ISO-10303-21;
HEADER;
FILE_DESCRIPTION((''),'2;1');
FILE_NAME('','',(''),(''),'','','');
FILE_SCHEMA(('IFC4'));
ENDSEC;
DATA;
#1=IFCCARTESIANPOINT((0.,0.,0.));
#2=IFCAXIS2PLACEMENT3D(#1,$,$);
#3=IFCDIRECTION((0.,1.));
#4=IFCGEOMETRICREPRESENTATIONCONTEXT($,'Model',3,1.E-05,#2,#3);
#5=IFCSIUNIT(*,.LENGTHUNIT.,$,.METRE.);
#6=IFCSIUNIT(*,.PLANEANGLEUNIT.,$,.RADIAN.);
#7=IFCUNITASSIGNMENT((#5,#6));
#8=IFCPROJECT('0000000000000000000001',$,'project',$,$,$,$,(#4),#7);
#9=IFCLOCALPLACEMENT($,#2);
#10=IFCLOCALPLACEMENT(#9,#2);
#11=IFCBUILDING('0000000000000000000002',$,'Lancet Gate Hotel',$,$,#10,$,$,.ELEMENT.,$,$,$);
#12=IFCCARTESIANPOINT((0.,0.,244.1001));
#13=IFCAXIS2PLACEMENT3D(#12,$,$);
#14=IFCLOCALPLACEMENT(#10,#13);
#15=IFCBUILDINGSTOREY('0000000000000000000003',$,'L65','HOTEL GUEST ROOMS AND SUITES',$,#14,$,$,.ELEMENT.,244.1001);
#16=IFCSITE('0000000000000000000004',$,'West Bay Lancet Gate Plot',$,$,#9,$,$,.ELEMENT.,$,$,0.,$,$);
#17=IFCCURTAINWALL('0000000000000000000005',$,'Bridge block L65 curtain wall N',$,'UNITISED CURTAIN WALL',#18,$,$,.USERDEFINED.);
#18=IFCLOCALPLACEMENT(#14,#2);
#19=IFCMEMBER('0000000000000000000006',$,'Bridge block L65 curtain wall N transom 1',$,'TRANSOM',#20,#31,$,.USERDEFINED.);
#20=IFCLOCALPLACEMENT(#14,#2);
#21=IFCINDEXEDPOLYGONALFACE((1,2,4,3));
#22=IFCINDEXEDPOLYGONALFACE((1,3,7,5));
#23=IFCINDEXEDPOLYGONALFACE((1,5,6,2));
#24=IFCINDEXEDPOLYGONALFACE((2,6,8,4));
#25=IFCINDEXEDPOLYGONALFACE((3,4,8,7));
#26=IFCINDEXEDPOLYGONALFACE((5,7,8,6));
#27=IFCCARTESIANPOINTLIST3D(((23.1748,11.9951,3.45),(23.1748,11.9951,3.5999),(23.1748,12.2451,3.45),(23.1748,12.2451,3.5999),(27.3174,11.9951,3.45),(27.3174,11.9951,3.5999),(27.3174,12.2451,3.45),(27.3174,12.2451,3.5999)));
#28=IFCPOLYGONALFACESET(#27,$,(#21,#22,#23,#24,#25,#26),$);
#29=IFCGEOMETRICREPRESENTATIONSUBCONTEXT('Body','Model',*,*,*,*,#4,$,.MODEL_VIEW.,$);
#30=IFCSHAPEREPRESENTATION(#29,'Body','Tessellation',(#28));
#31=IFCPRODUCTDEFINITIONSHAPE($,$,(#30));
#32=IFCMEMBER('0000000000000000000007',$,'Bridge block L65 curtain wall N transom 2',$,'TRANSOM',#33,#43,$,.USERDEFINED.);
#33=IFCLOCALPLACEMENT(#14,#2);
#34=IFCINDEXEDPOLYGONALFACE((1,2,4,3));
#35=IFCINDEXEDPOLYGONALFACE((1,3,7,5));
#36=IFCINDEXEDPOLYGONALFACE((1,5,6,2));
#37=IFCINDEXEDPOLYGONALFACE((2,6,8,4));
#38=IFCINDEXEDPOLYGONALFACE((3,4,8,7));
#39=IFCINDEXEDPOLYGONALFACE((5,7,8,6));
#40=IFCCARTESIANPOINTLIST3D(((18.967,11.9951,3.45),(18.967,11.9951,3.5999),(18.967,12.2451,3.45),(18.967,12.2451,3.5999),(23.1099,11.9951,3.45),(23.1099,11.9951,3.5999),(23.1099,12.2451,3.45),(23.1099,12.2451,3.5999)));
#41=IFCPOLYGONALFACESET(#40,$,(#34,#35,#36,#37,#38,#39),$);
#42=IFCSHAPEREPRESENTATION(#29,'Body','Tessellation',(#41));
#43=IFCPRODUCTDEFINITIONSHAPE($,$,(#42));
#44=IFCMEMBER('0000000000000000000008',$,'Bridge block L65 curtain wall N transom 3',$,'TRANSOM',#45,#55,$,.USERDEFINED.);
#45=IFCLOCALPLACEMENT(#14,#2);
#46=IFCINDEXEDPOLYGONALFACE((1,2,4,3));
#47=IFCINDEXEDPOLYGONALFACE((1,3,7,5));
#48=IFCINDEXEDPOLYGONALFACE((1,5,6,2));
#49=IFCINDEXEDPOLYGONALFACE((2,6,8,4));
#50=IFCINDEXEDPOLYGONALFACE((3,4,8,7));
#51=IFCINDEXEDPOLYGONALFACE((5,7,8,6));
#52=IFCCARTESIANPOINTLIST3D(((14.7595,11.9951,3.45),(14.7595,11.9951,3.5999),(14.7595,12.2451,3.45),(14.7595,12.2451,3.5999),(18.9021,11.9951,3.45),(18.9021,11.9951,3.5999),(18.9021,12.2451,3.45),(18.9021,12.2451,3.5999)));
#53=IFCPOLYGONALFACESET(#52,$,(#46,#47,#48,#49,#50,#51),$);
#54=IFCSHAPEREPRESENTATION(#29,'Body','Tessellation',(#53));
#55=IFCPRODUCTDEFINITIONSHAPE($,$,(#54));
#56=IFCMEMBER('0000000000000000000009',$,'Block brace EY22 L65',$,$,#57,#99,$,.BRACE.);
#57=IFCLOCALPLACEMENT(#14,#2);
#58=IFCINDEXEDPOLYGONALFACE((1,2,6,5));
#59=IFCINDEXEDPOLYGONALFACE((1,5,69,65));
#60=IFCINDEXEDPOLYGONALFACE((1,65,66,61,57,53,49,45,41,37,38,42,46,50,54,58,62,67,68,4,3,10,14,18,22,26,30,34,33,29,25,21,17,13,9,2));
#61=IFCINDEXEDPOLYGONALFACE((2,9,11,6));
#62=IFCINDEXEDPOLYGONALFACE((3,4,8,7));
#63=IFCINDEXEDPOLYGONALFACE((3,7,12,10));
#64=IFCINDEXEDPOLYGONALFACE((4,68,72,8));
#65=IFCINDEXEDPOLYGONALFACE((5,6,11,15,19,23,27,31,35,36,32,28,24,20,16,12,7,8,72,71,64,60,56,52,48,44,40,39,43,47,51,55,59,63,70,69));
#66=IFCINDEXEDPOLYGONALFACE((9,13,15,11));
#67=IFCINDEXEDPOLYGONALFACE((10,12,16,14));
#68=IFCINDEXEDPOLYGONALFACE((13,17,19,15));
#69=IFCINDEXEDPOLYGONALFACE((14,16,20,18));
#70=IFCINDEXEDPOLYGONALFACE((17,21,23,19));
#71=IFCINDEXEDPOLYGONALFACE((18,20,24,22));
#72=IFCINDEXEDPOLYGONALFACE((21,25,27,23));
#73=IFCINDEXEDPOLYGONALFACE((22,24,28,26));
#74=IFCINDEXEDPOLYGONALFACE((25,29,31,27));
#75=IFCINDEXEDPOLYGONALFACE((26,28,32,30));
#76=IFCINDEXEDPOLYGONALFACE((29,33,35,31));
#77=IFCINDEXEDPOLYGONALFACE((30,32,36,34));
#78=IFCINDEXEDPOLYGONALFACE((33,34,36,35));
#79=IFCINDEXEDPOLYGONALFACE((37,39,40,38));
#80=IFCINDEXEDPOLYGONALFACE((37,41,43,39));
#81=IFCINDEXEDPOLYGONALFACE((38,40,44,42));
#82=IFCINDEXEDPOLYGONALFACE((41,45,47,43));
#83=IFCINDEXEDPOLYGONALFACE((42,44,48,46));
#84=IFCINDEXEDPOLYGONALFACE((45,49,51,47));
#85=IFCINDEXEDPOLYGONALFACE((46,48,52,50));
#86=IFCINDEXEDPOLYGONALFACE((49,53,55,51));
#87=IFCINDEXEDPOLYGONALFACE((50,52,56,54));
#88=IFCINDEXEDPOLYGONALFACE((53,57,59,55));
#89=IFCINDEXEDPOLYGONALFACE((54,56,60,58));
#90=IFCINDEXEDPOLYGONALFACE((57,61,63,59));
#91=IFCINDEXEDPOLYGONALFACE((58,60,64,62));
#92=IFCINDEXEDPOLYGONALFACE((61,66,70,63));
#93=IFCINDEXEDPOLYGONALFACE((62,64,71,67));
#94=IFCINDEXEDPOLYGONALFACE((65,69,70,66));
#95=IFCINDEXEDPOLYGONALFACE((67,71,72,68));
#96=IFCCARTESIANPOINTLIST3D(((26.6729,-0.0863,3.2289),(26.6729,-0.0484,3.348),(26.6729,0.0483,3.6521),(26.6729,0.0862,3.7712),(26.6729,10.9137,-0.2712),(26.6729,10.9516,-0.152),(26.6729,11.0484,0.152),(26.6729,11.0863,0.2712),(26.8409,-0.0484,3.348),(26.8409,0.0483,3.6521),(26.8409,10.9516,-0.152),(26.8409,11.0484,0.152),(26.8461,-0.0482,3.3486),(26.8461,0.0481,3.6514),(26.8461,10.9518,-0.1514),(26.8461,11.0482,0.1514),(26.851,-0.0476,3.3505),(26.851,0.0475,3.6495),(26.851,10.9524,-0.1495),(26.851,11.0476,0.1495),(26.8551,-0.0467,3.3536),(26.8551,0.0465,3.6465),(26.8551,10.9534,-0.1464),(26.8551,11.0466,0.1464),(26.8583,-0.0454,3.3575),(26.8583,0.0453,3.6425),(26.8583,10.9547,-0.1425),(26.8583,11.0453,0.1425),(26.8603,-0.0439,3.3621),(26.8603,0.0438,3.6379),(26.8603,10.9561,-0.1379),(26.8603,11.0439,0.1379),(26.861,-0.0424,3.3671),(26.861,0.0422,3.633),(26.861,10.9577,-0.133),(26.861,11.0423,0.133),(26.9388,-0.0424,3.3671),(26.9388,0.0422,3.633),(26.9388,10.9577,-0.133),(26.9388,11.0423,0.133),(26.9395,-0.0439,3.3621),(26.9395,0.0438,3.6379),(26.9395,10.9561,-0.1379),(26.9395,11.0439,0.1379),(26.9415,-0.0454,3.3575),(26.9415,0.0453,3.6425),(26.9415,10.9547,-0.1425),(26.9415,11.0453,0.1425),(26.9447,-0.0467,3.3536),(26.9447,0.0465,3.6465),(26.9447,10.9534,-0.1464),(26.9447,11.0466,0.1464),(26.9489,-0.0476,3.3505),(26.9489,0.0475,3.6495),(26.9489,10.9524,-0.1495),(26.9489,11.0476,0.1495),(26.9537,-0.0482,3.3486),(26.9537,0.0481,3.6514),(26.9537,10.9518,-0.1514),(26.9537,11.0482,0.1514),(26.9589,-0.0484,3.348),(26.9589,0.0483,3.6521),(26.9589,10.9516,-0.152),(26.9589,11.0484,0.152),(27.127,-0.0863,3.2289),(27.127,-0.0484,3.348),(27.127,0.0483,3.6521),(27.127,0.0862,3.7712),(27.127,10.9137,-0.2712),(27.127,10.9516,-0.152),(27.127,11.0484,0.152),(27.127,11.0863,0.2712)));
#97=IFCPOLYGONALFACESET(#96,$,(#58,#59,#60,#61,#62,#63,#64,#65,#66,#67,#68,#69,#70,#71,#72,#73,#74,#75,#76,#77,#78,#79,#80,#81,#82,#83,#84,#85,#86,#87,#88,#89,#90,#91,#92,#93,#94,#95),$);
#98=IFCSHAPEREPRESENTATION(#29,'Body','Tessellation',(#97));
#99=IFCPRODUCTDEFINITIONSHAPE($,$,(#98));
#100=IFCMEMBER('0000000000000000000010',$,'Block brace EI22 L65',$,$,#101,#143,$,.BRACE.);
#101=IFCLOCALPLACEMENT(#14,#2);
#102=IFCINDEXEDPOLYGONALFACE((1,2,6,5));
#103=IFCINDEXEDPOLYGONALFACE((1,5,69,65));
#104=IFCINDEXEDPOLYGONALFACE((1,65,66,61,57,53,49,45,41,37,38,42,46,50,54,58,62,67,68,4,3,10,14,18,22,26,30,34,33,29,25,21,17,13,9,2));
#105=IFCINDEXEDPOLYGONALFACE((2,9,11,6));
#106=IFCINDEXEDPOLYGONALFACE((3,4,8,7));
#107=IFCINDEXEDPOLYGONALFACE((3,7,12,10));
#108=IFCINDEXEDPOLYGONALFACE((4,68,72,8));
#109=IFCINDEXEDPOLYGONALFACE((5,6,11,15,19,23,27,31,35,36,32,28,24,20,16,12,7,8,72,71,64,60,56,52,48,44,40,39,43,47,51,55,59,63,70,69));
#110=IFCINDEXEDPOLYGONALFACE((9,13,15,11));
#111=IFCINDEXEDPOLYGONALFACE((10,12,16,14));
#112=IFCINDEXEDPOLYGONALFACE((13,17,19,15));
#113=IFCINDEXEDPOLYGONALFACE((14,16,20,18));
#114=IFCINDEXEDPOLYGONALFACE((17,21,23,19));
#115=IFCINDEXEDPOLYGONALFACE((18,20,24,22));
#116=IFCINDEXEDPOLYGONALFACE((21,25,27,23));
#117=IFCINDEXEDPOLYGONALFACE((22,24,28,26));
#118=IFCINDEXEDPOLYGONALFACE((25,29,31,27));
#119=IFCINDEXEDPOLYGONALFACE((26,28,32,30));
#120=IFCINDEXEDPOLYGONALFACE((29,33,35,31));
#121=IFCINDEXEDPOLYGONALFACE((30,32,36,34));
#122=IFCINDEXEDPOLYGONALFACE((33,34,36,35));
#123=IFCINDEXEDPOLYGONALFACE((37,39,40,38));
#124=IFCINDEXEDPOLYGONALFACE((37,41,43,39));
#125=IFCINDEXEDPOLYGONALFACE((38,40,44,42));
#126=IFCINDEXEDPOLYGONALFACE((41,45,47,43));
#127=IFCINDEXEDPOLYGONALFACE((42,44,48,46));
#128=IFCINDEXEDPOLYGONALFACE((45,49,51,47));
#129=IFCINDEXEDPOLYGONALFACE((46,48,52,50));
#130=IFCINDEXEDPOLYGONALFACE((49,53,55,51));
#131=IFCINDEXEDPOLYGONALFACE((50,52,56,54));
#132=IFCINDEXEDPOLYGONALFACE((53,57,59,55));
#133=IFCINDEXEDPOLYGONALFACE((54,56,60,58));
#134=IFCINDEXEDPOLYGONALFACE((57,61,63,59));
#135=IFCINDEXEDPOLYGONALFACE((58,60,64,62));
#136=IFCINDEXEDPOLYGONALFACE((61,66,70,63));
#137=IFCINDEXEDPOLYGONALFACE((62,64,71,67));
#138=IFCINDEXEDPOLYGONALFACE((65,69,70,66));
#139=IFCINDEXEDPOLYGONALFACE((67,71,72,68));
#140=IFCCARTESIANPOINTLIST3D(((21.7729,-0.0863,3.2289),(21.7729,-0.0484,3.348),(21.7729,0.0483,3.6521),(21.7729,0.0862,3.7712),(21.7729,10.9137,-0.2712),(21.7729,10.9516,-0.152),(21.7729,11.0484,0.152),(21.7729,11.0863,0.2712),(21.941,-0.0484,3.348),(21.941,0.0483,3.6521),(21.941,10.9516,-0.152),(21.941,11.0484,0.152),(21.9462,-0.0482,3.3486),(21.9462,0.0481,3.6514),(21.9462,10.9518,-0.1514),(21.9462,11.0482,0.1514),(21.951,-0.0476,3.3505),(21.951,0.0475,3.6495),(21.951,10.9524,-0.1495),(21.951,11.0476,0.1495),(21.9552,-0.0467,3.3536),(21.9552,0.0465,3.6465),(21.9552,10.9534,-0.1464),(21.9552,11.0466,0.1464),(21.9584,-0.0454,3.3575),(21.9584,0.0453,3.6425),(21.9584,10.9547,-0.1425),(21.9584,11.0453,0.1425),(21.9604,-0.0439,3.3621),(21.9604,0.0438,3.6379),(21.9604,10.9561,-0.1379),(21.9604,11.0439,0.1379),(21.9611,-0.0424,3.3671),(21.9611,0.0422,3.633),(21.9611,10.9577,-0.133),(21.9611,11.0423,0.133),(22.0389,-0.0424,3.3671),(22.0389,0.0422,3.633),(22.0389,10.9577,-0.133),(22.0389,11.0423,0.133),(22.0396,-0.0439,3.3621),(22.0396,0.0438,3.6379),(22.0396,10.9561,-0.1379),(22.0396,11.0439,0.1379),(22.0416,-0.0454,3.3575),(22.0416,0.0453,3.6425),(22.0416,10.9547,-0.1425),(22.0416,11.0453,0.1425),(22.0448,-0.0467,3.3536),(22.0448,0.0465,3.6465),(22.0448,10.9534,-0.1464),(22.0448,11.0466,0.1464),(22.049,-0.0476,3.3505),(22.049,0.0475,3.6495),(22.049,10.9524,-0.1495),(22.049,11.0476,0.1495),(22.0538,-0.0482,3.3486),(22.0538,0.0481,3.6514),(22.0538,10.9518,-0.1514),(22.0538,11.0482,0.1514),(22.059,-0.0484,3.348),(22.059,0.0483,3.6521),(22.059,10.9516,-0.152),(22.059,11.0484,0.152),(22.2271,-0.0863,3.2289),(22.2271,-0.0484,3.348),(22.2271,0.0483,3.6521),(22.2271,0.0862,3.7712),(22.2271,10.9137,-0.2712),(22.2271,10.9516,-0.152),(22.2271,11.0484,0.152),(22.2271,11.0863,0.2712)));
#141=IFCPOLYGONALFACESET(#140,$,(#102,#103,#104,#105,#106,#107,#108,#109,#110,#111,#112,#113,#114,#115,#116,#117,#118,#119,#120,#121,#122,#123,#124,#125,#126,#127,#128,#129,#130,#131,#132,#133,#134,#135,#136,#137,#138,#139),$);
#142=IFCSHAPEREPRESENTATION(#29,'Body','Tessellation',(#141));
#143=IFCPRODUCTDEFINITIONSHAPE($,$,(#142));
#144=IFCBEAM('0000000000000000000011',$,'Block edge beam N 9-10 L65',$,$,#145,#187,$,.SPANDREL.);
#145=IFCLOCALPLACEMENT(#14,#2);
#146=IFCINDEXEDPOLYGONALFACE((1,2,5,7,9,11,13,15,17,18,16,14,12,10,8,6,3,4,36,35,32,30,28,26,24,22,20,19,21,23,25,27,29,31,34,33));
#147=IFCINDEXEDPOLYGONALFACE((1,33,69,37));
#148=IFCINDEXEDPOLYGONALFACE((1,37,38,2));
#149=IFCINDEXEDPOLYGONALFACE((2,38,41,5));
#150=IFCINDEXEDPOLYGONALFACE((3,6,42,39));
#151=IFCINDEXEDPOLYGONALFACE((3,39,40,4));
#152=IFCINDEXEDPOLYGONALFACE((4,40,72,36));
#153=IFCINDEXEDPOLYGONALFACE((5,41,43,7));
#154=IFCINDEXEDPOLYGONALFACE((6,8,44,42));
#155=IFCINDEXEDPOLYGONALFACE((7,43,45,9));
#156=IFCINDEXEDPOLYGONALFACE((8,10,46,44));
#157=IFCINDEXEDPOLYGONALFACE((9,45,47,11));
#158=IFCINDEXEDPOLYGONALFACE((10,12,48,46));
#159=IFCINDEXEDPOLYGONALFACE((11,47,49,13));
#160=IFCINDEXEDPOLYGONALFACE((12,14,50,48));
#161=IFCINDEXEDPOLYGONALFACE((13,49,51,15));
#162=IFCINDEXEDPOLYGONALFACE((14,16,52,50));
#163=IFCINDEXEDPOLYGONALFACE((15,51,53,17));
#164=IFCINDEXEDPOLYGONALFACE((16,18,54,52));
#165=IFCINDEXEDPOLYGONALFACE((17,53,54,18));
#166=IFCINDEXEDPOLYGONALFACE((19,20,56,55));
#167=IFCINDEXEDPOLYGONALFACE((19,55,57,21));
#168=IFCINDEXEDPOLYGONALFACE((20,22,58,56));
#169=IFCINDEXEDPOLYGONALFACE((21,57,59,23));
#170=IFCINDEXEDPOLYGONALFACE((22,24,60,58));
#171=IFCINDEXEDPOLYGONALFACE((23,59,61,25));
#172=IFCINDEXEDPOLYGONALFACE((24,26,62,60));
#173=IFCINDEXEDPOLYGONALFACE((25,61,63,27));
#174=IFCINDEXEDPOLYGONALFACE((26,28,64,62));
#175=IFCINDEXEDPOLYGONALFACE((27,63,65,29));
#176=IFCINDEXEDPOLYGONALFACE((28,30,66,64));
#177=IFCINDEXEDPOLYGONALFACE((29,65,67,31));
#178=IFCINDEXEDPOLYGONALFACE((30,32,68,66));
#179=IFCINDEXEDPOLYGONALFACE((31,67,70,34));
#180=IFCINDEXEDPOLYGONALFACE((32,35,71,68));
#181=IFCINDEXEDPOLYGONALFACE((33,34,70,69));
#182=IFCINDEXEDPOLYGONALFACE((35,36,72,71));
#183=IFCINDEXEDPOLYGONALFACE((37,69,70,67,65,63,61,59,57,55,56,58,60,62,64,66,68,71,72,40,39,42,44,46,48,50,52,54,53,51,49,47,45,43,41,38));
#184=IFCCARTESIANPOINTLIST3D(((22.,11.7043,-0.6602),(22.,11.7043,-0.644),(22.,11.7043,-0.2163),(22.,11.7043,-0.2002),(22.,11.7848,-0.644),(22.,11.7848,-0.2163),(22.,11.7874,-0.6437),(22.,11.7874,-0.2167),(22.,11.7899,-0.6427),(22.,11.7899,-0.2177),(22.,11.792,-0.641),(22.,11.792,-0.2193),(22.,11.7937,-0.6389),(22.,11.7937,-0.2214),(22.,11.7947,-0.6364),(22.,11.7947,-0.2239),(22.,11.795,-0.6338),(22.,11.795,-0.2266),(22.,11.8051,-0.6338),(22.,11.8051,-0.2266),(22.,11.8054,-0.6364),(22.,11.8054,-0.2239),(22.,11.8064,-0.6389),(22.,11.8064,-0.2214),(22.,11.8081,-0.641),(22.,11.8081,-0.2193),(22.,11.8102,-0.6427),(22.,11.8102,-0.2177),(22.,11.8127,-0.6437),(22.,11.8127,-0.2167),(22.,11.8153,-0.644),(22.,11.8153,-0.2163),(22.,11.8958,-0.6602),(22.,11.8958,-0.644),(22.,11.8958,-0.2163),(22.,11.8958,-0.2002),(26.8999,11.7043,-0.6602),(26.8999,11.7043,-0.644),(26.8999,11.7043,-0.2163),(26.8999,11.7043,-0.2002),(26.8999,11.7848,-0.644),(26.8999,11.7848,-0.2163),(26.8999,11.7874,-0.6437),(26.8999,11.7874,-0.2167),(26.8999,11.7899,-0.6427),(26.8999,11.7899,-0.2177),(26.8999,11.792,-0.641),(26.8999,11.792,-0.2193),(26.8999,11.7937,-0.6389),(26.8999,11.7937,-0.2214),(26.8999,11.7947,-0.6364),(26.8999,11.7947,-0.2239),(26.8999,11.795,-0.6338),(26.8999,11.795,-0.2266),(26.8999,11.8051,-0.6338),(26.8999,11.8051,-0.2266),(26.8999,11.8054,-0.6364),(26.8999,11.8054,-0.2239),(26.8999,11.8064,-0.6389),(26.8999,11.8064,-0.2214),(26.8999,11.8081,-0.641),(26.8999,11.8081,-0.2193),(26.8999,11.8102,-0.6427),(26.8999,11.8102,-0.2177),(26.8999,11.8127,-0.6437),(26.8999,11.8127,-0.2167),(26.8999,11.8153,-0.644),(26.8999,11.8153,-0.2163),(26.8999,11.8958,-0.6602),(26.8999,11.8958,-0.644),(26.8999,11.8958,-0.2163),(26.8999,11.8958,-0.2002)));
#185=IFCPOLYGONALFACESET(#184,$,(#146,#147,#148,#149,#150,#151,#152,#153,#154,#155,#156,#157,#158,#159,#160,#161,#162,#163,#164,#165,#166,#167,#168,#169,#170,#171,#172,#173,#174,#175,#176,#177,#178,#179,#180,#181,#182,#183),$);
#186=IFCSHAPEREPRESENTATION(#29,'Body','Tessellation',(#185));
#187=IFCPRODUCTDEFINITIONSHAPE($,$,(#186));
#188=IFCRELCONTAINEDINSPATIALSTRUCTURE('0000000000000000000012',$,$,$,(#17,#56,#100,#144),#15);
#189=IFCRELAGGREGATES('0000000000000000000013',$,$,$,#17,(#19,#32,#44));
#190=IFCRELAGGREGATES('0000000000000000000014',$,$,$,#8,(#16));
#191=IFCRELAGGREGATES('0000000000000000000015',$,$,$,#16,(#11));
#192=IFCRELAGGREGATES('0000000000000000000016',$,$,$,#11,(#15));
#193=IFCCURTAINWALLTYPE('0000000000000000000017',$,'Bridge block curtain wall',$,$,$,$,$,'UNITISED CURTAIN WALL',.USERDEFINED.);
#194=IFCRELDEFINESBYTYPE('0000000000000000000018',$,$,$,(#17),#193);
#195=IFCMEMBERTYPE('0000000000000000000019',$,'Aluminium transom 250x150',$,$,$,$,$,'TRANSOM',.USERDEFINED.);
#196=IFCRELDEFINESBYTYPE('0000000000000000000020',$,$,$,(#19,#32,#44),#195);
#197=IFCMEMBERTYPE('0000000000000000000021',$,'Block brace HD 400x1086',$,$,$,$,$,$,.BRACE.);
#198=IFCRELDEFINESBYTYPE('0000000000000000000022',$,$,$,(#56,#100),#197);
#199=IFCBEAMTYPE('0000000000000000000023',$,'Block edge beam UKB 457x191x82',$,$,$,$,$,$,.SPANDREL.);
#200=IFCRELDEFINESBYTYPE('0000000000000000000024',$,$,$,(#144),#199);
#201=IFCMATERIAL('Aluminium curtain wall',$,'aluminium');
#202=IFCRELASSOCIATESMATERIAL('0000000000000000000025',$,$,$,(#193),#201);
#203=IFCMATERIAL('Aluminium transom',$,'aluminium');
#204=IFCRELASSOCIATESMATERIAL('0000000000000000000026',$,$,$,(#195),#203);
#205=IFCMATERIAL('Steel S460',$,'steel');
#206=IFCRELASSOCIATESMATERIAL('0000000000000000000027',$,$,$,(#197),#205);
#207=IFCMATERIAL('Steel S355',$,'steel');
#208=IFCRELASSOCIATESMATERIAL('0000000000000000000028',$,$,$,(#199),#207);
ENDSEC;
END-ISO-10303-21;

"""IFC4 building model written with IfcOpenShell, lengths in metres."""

from ifc_helpers import new_model, si_unit, direction, frame, origin, origin_2d, place, context, subcontext, project, spatial, rectangle, i_section, extrude, material, material_profile, profile_set, type_object, element, aggregate, save


model = new_model("IFC4")

# Units and contexts
model_context = context("Model", 3, precision=1e-05, world=origin(), true_north=direction((0.0, 1.0)))
body_context = subcontext(model_context, "Body", "Model", "MODEL_VIEW")
ifc_project = project(units=[si_unit("LENGTHUNIT", "METRE"), si_unit("PLANEANGLEUNIT", "RADIAN")], contexts=[model_context])

# Site, building, storey
site_placement = place(None, origin())
site = spatial("IfcSite", under=ifc_project, at=site_placement, Name="West Bay Lancet Gate Plot", CompositionType="ELEMENT", RefElevation=0.0)
building_placement = place(site_placement, origin())
building = spatial("IfcBuilding", under=site, at=building_placement, Name="Lancet Gate Hotel", CompositionType="ELEMENT")
storey_placement = place(building_placement, frame((0.0, 0.0, 244.1001)))
storey = spatial("IfcBuildingStorey", under=building, at=storey_placement, Name="L65", Description="HOTEL GUEST ROOMS AND SUITES", CompositionType="ELEMENT", Elevation=244.1001)

# Curtain wall
ifc_material_1 = material(Name="Aluminium curtain wall", Category="aluminium")
curtain_wall_type_1 = type_object("IfcCurtainWallType", Name="Bridge block curtain wall", ElementType="UNITISED CURTAIN WALL", PredefinedType="USERDEFINED", material=ifc_material_1)
curtain_wall_1_placement = place(storey_placement, origin())
curtain_wall_1 = element("IfcCurtainWall", 1, at=curtain_wall_1_placement, inside=storey, type_object=curtain_wall_type_1, Name="Bridge block L65 curtain wall N", ObjectType="UNITISED CURTAIN WALL", PredefinedType="USERDEFINED")

# Members
ifc_material_2 = material(Name="Aluminium transom", Category="aluminium")
ifc_material_profile_1 = material_profile(ifc_material_2, rectangle(XDim=0.25, YDim=0.1499, at=origin_2d()), Name="TRANSOM 250x150")
ifc_profile_set_1 = profile_set([ifc_material_profile_1], Name="Aluminium transom")
member_type_1 = type_object("IfcMemberType", Name="Aluminium transom 250x150", ElementType="TRANSOM", PredefinedType="USERDEFINED", material=ifc_profile_set_1)
member_1_placement = place(storey_placement, frame((27.3174, 12.1201, 3.5249), z_axis=(-1.0, 0.0, 0.0), x_axis=(0.0, -1.0, 0.0)))
member_1 = element("IfcMember", 2, at=member_1_placement, type_object=member_type_1, Name="Bridge block L65 curtain wall N transom 1", ObjectType="TRANSOM", PredefinedType="USERDEFINED", context=body_context, shape_type="SweptSolid", body=[
    extrude(rectangle(XDim=0.25, YDim=0.1499, at=origin_2d()), origin(), (0.0, 0.0, 1.0), 4.1426),
])
member_2_placement = place(storey_placement, frame((23.1099, 12.1201, 3.5249), z_axis=(-1.0, 0.0, 0.0), x_axis=(0.0, -1.0, 0.0)))
member_2 = element("IfcMember", 3, at=member_2_placement, type_object=member_type_1, Name="Bridge block L65 curtain wall N transom 2", ObjectType="TRANSOM", PredefinedType="USERDEFINED", context=body_context, shape_type="SweptSolid", body=[
    extrude(rectangle(XDim=0.25, YDim=0.1499, at=origin_2d()), origin(), (0.0, 0.0, 1.0), 4.1428),
])
member_3_placement = place(storey_placement, frame((18.9021, 12.1201, 3.5249), z_axis=(-1.0, 0.0, 0.0), x_axis=(0.0, -1.0, 0.0)))
member_3 = element("IfcMember", 4, at=member_3_placement, type_object=member_type_1, Name="Bridge block L65 curtain wall N transom 3", ObjectType="TRANSOM", PredefinedType="USERDEFINED", context=body_context, shape_type="SweptSolid", body=[
    extrude(rectangle(XDim=0.25, YDim=0.1499, at=origin_2d()), origin(), (0.0, 0.0, 1.0), 4.1426),
])

# Members
ifc_material_3 = material(Name="Steel S460", Category="steel")
ifc_material_profile_2 = material_profile(ifc_material_3, i_section(OverallWidth=0.4541, OverallDepth=0.5691, WebThickness=0.0779, FlangeThickness=0.125, FilletRadius=0.02, at=origin_2d()), Name="HD 400x1086")
ifc_profile_set_2 = profile_set([ifc_material_profile_2], Name="Steel S460")
member_type_2 = type_object("IfcMemberType", Name="Block brace HD 400x1086", PredefinedType="BRACE", material=ifc_profile_set_2)
for number, where, z_axis, x_axis, name in (
    (5, (26.8999, 11.0, 0.0), (0.0, -0.952926, 0.303204), (1.0, 0.0, 0.0), "Block brace EY22 L65"),
    (6, (22.0, 11.0, 0.0), (0.0, -0.952926, 0.303204), (1.0, 0.0, 0.0), "Block brace EI22 L65"),
):
    element("IfcMember", number, at=place(storey_placement, frame(where, z_axis=z_axis, x_axis=x_axis)), inside=storey, type_object=member_type_2, Name=name, PredefinedType="BRACE", context=body_context, shape_type="SweptSolid", body=[
        extrude(i_section(OverallWidth=0.4541, OverallDepth=0.5691, WebThickness=0.0779, FlangeThickness=0.125, FilletRadius=0.02, at=origin_2d()), origin(), (0.0, 0.0, 1.0), 11.5435),
    ])

# Beam
ifc_material_4 = material(Name="Steel S355", Category="steel")
ifc_material_profile_3 = material_profile(ifc_material_4, i_section(OverallWidth=0.1914, OverallDepth=0.46, WebThickness=0.01, FlangeThickness=0.0161, FilletRadius=0.0103, at=origin_2d()), Name="UKB 457x191x82")
ifc_profile_set_3 = profile_set([ifc_material_profile_3], Name="Steel S355")
beam_type_1 = type_object("IfcBeamType", Name="Block edge beam UKB 457x191x82", PredefinedType="SPANDREL", material=ifc_profile_set_3)
beam_1_placement = place(storey_placement, frame((22.0, 11.8, -0.4302), z_axis=(1.0, 0.0, 0.0), x_axis=(0.0, 1.0, 0.0)))
element("IfcBeam", 7, at=beam_1_placement, inside=storey, type_object=beam_type_1, Name="Block edge beam N 9-10 L65", PredefinedType="SPANDREL", context=body_context, shape_type="SweptSolid", body=[
    extrude(i_section(OverallWidth=0.1914, OverallDepth=0.46, WebThickness=0.01, FlangeThickness=0.0161, FilletRadius=0.0103, at=origin_2d()), origin(), (0.0, 0.0, 1.0), 4.8999),
])

aggregate(curtain_wall_1, [member_1, member_2, member_3])

save(model, "model.ifc")
